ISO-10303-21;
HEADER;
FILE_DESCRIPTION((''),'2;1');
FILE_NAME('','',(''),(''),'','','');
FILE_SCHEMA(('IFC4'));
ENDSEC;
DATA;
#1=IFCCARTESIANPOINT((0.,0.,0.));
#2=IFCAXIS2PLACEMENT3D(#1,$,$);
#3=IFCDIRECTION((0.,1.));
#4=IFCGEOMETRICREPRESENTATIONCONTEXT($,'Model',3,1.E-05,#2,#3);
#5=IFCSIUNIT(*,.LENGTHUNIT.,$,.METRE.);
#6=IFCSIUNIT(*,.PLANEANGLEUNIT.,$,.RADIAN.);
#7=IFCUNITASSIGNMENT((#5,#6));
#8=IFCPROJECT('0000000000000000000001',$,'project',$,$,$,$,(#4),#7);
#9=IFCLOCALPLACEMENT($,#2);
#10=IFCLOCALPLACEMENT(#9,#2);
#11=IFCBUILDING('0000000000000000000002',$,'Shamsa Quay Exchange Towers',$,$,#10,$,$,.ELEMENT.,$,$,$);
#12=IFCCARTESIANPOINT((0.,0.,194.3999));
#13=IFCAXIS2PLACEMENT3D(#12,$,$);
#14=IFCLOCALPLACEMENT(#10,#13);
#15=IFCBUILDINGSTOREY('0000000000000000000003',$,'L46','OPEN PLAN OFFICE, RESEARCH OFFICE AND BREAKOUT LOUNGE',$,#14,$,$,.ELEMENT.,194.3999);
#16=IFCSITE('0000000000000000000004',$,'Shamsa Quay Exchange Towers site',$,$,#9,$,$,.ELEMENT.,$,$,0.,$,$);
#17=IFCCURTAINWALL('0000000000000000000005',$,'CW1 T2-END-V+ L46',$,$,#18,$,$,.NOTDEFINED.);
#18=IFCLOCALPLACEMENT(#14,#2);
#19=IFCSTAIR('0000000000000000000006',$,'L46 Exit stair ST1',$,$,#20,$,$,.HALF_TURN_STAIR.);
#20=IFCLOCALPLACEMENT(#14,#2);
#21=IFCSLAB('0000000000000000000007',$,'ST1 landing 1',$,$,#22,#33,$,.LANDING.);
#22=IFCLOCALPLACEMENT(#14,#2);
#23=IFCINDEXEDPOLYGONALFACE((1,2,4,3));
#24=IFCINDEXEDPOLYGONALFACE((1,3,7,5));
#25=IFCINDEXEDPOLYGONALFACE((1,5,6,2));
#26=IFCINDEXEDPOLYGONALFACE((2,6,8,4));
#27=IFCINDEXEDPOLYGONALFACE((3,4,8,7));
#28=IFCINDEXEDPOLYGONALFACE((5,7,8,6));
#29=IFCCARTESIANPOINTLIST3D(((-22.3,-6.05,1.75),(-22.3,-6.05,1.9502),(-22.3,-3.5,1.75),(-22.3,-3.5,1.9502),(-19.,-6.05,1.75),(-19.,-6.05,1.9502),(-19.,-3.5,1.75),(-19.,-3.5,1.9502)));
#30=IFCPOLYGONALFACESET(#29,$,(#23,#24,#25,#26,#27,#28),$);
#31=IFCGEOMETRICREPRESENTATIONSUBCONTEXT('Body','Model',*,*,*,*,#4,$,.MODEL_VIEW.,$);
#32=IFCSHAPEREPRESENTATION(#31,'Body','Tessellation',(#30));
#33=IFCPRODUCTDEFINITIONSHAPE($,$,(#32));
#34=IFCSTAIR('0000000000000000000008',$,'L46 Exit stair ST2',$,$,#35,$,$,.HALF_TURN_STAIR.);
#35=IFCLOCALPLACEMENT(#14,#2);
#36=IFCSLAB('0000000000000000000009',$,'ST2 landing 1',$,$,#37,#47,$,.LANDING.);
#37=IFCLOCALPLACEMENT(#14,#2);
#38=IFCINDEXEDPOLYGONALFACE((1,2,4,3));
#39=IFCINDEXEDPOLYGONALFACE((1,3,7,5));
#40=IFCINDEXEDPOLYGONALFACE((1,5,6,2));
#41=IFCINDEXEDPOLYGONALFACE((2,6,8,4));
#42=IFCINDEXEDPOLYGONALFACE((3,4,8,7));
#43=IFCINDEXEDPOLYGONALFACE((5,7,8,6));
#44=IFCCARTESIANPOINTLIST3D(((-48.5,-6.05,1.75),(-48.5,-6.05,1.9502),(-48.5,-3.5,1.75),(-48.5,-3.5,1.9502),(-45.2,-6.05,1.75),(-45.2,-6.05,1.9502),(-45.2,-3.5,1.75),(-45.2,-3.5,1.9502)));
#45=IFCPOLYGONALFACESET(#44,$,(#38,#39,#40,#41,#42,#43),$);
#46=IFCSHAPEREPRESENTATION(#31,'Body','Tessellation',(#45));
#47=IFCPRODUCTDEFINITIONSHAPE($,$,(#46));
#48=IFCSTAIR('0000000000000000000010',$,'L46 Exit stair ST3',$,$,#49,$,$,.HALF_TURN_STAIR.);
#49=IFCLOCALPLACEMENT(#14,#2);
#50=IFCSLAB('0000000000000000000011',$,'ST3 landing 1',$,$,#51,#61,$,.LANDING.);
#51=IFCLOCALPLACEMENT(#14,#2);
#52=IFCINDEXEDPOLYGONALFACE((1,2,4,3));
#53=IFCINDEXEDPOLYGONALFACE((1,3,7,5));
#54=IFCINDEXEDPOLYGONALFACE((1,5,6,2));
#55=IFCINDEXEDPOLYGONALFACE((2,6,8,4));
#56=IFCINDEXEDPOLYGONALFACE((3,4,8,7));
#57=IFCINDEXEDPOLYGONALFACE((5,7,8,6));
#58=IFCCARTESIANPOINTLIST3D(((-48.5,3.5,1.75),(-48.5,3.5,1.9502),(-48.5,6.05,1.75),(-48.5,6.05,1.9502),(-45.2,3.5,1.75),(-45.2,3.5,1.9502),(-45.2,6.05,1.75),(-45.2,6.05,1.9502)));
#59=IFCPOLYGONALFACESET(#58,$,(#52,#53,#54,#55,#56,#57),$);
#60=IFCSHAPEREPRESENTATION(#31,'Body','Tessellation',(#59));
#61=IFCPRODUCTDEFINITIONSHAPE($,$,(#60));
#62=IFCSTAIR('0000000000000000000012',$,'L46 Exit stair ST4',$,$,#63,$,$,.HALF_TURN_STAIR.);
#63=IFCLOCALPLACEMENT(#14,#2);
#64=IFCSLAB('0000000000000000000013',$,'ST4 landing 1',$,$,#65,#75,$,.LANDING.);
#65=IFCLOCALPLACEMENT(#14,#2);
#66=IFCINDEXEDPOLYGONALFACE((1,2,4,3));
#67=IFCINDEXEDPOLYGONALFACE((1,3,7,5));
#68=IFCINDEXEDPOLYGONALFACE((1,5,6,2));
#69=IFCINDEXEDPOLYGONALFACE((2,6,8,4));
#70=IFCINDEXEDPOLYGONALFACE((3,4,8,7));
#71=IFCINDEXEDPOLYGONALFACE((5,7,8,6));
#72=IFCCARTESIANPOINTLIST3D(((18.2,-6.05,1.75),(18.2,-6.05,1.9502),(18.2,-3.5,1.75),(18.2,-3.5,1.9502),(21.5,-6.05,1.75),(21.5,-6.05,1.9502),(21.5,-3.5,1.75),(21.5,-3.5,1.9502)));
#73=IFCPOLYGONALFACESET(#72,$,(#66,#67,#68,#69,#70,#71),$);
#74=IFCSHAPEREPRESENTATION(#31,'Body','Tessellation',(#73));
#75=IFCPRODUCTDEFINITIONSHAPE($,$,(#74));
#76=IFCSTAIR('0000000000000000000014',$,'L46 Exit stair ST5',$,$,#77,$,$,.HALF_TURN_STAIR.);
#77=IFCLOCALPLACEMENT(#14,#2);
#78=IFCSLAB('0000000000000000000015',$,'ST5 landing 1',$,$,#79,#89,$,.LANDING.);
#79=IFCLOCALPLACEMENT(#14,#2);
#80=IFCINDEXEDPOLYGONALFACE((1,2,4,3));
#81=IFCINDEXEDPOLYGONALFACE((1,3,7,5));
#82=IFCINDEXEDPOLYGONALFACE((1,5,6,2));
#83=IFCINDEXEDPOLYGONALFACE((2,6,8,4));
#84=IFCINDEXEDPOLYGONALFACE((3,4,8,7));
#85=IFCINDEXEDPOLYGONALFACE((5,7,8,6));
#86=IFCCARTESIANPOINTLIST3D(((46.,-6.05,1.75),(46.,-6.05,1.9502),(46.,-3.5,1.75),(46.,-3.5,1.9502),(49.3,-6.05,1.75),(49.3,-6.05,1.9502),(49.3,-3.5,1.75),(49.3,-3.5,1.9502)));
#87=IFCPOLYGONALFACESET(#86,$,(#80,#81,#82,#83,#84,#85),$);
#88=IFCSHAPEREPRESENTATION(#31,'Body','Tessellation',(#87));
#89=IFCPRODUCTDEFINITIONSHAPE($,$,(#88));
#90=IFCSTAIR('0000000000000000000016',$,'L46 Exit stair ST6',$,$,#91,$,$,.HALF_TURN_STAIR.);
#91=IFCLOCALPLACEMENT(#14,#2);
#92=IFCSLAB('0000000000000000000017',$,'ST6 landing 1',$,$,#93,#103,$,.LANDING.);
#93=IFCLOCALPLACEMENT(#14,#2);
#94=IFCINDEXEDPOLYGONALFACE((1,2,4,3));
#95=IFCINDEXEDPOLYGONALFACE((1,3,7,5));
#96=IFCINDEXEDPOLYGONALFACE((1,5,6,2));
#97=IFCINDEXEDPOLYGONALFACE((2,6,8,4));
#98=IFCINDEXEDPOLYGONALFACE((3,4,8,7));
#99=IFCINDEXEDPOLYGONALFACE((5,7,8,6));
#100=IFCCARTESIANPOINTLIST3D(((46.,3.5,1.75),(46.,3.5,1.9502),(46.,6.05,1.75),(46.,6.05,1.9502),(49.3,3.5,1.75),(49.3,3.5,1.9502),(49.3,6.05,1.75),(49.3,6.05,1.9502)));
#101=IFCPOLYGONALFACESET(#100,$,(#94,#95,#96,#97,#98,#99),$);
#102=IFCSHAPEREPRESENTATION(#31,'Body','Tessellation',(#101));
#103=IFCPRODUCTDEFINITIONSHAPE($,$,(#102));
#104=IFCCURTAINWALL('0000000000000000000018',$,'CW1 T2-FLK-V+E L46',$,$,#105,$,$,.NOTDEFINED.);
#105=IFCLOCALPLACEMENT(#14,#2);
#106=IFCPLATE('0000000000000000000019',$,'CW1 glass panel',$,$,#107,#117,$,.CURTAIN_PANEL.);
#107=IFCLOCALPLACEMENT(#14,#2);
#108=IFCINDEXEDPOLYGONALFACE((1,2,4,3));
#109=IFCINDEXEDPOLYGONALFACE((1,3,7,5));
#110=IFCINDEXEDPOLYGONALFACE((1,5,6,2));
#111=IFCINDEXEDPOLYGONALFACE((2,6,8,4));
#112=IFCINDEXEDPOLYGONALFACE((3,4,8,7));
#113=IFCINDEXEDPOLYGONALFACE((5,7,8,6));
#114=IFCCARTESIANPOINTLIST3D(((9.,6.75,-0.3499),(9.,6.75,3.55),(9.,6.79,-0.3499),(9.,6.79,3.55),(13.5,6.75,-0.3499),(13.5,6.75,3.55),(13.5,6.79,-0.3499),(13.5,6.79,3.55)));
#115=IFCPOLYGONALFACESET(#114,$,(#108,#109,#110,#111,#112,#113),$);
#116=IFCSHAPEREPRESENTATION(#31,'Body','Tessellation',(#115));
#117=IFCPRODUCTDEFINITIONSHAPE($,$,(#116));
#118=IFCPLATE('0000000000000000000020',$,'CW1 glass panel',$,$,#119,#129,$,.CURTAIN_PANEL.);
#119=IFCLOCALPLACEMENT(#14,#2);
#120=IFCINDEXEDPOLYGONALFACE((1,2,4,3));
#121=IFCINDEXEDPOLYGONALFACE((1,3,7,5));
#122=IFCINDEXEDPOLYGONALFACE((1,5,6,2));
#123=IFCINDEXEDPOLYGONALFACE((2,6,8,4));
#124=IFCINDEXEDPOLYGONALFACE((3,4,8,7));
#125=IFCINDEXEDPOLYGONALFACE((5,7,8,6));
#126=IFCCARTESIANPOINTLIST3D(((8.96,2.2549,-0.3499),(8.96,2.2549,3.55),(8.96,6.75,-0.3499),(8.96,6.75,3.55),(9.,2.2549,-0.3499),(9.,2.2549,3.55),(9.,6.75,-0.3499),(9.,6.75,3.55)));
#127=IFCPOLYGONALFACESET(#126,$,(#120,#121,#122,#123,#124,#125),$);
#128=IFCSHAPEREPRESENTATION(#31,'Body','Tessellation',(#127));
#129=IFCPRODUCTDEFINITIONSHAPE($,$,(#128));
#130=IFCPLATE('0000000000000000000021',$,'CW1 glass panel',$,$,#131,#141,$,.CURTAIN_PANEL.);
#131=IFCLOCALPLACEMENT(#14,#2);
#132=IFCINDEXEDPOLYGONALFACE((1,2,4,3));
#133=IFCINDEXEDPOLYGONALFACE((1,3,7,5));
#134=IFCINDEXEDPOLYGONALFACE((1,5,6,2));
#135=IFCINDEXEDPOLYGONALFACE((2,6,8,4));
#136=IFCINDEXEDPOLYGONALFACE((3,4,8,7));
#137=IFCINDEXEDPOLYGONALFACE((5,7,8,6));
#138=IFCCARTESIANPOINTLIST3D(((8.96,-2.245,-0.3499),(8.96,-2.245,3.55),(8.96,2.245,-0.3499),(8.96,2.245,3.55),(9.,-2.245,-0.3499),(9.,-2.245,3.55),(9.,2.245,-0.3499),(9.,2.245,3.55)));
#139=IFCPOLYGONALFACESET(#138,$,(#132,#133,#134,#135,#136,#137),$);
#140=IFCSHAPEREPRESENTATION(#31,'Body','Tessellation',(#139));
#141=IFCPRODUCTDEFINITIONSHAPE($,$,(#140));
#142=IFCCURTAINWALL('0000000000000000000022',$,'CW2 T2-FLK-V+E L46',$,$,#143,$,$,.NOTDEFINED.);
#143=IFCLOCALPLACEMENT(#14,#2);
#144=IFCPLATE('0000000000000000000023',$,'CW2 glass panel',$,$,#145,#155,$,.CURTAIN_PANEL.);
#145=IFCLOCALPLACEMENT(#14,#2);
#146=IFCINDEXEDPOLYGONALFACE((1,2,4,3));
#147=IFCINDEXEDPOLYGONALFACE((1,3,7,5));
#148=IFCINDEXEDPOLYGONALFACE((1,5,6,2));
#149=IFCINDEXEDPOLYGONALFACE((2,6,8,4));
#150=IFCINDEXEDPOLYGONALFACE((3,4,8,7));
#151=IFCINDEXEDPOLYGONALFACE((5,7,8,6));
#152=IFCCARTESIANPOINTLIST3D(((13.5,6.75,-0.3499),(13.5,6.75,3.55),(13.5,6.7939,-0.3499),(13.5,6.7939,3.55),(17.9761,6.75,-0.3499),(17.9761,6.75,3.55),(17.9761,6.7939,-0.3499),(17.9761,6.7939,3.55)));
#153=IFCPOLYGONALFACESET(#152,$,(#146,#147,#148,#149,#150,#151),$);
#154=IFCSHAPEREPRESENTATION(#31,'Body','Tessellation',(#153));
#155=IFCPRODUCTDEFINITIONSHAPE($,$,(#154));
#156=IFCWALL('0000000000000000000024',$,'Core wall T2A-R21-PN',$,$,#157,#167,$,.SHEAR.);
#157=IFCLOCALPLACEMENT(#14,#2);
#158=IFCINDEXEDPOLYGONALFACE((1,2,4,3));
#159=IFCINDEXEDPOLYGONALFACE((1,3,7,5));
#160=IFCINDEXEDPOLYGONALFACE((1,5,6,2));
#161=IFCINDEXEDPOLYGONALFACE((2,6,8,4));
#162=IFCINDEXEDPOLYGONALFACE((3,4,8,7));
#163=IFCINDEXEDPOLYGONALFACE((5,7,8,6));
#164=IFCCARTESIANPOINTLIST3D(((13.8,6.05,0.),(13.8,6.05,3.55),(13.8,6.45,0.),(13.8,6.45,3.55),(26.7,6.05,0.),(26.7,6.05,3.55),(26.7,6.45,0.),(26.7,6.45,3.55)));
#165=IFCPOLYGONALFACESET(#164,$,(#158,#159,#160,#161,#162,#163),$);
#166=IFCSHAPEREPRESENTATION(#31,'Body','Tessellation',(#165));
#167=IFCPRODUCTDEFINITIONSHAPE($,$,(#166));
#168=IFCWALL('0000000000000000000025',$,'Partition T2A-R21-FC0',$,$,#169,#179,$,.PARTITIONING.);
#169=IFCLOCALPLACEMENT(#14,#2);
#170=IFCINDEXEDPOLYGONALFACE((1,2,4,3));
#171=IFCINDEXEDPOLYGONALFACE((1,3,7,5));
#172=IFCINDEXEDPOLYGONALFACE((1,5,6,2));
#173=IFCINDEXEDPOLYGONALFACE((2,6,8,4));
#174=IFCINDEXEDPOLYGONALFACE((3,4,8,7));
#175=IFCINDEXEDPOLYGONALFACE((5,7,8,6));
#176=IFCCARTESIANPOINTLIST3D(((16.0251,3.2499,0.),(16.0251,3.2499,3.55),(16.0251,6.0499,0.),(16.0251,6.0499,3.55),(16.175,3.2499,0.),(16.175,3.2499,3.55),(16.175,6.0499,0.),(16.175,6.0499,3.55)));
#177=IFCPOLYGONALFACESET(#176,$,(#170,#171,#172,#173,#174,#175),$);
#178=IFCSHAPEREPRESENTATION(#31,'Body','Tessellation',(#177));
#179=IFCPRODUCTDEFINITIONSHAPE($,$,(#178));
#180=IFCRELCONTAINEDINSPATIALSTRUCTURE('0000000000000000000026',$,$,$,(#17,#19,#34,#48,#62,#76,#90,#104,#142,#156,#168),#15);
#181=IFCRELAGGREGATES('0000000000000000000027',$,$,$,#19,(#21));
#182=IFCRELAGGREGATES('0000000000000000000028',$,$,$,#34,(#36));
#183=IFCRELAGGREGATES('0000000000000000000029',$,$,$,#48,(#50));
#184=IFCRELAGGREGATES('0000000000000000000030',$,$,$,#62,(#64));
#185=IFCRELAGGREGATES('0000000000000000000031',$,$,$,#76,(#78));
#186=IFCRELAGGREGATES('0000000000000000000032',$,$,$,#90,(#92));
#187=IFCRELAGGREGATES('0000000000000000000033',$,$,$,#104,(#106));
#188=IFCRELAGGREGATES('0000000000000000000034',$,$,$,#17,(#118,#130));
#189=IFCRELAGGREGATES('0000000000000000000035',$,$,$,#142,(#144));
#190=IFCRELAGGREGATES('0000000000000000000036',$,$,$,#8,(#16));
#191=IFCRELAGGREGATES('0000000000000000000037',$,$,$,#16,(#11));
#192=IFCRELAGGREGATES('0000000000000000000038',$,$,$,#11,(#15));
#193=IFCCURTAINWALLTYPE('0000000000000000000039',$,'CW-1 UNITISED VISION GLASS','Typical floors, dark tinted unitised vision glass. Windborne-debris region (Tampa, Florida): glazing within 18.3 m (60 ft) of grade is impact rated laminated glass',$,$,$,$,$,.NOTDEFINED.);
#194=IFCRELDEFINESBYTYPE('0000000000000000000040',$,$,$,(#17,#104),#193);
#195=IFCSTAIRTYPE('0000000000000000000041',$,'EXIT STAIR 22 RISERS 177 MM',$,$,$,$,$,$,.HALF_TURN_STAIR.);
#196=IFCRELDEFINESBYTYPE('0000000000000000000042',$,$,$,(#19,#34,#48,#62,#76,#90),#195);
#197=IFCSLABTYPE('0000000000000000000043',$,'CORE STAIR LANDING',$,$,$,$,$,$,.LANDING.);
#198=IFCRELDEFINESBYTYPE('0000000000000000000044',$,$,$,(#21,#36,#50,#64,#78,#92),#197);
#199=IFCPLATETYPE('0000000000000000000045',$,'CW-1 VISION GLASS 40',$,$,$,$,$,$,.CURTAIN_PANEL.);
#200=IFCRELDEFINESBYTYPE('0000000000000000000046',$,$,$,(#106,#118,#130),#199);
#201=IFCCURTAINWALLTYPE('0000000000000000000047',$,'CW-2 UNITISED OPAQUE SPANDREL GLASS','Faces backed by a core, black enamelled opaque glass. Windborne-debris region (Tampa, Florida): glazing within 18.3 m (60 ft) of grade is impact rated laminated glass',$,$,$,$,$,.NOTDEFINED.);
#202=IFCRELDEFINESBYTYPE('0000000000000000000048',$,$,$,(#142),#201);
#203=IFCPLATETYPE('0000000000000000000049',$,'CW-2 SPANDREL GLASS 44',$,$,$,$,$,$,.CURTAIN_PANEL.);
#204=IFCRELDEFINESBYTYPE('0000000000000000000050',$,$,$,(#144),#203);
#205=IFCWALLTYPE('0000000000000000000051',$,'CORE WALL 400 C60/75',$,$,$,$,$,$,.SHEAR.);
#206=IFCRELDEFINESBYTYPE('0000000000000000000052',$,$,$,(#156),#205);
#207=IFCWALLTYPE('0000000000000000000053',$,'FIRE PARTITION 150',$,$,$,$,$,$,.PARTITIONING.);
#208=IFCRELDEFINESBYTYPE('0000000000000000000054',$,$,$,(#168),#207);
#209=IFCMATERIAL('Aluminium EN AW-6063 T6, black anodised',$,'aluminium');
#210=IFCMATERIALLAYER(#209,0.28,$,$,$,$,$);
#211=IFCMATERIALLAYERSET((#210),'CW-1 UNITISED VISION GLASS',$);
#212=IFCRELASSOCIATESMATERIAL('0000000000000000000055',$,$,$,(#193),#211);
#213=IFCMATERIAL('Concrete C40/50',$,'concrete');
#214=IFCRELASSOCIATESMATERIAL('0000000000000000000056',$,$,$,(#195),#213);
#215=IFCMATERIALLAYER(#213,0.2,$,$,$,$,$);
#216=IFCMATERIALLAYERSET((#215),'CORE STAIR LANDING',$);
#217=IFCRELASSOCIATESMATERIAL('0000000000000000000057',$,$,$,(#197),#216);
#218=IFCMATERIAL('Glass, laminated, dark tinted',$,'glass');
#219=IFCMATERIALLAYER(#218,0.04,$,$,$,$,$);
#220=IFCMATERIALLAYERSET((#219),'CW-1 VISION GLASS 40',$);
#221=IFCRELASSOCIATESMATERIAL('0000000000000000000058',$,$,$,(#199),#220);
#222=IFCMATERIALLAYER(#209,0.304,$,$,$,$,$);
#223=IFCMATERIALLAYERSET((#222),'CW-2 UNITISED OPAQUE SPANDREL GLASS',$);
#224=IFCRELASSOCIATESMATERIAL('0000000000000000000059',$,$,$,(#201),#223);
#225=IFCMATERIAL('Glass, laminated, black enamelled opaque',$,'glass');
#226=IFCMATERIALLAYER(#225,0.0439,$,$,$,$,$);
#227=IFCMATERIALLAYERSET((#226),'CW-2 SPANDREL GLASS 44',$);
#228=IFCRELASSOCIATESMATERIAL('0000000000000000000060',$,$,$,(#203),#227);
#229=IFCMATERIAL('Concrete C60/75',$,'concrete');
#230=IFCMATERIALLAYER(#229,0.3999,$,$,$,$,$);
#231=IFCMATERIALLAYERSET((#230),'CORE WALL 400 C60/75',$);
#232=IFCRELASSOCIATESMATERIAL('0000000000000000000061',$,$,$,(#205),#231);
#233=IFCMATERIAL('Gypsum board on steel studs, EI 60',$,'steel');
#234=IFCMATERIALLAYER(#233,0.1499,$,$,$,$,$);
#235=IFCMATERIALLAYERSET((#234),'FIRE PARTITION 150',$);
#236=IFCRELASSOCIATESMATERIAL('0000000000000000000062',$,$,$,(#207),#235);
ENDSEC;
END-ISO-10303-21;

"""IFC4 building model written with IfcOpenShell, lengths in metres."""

from ifc_helpers import new_model, si_unit, direction, frame, frame_2d, origin, origin_2d, place, context, subcontext, project, spatial, polyline, rectangle, outline, extrude, material, layer, layer_set, type_object, element, aggregate, save


model = new_model("IFC4")

# Units and contexts
model_context = context("Model", 3, precision=1e-05, world=origin(), true_north=direction((0.0, 1.0)))
body_context = subcontext(model_context, "Body", "Model", "MODEL_VIEW")
ifc_project = project(units=[si_unit("LENGTHUNIT", "METRE"), si_unit("PLANEANGLEUNIT", "RADIAN")], contexts=[model_context])

# Site, building, storey
site_placement = place(None, origin())
site = spatial("IfcSite", under=ifc_project, at=site_placement, Name="Shamsa Quay Exchange Towers site", CompositionType="ELEMENT", RefElevation=0.0)
building_placement = place(site_placement, origin())
building = spatial("IfcBuilding", under=site, at=building_placement, Name="Shamsa Quay Exchange Towers", CompositionType="ELEMENT")
storey_placement = place(building_placement, frame((0.0, 0.0, 194.3999)))
storey = spatial("IfcBuildingStorey", under=building, at=storey_placement, Name="L46", Description="OPEN PLAN OFFICE, RESEARCH OFFICE AND BREAKOUT LOUNGE", CompositionType="ELEMENT", Elevation=194.3999)

# Curtain wall
ifc_material_1 = material(Name="Aluminium EN AW-6063 T6, black anodised", Category="aluminium")
ifc_layer_1 = layer(ifc_material_1, 0.28)
ifc_layer_set_1 = layer_set([ifc_layer_1], Name="CW-1 UNITISED VISION GLASS")
curtain_wall_type_1 = type_object("IfcCurtainWallType", Name="CW-1 UNITISED VISION GLASS", Description="Typical floors, dark tinted unitised vision glass. Windborne-debris region (Tampa, Florida): glazing within 18.3 m (60 ft) of grade is impact rated laminated glass", PredefinedType="NOTDEFINED", material=ifc_layer_set_1)
curtain_wall_1_placement = place(storey_placement, origin())
curtain_wall_1 = element("IfcCurtainWall", 1, at=curtain_wall_1_placement, inside=storey, type_object=curtain_wall_type_1, Name="CW1 T2-END-V+ L46", PredefinedType="NOTDEFINED")

# Stairs, slabs
ifc_material_2 = material(Name="Concrete C40/50", Category="concrete")
stair_type = type_object("IfcStairType", Name="EXIT STAIR 22 RISERS 177 MM", PredefinedType="HALF_TURN_STAIR", material=ifc_material_2)
stair_1_placement = place(storey_placement, origin())
stair_1 = element("IfcStair", 2, at=stair_1_placement, inside=storey, type_object=stair_type, Name="L46 Exit stair ST1", PredefinedType="HALF_TURN_STAIR")
ifc_layer_2 = layer(ifc_material_2, 0.2)
ifc_layer_set_2 = layer_set([ifc_layer_2], Name="CORE STAIR LANDING")
slab_type_1 = type_object("IfcSlabType", Name="CORE STAIR LANDING", PredefinedType="LANDING", material=ifc_layer_set_2)
slab_1_placement = place(storey_placement, frame((0.0, 0.0, 1.75)))
slab_1 = element("IfcSlab", 3, at=slab_1_placement, type_object=slab_type_1, Name="ST1 landing 1", PredefinedType="LANDING", context=body_context, shape_type="SweptSolid", body=[
    extrude(outline(polyline([(-22.3, -6.05), (-19.0, -6.05), (-19.0, -3.5), (-22.3, -3.5), (-22.3, -6.05)])), origin(), (0.0, 0.0, 1.0), 0.2002),
])
aggregate(stair_1, [slab_1])
stair_2_placement = place(storey_placement, origin())
stair_2 = element("IfcStair", 4, at=stair_2_placement, inside=storey, type_object=stair_type, Name="L46 Exit stair ST2", PredefinedType="HALF_TURN_STAIR")
slab_2_placement = place(storey_placement, frame((0.0, 0.0, 1.75)))
slab_2 = element("IfcSlab", 5, at=slab_2_placement, type_object=slab_type_1, Name="ST2 landing 1", PredefinedType="LANDING", context=body_context, shape_type="SweptSolid", body=[
    extrude(outline(polyline([(-45.2, -3.5), (-48.5, -3.5), (-48.5, -6.05), (-45.2, -6.05), (-45.2, -3.5)])), origin(), (0.0, 0.0, 1.0), 0.2002),
])
aggregate(stair_2, [slab_2])
stair_3_placement = place(storey_placement, origin())
stair_3 = element("IfcStair", 6, at=stair_3_placement, inside=storey, type_object=stair_type, Name="L46 Exit stair ST3", PredefinedType="HALF_TURN_STAIR")
slab_3_placement = place(storey_placement, frame((0.0, 0.0, 1.75)))
slab_3 = element("IfcSlab", 7, at=slab_3_placement, type_object=slab_type_1, Name="ST3 landing 1", PredefinedType="LANDING", context=body_context, shape_type="SweptSolid", body=[
    extrude(outline(polyline([(-45.2, 6.05), (-48.5, 6.05), (-48.5, 3.5), (-45.2, 3.5), (-45.2, 6.05)])), origin(), (0.0, 0.0, 1.0), 0.2002),
])
aggregate(stair_3, [slab_3])
stair_4_placement = place(storey_placement, origin())
stair_4 = element("IfcStair", 8, at=stair_4_placement, inside=storey, type_object=stair_type, Name="L46 Exit stair ST4", PredefinedType="HALF_TURN_STAIR")
slab_4_placement = place(storey_placement, frame((0.0, 0.0, 1.75)))
slab_4 = element("IfcSlab", 9, at=slab_4_placement, type_object=slab_type_1, Name="ST4 landing 1", PredefinedType="LANDING", context=body_context, shape_type="SweptSolid", body=[
    extrude(outline(polyline([(18.2, -6.05), (21.5, -6.05), (21.5, -3.5), (18.2, -3.5), (18.2, -6.05)])), origin(), (0.0, 0.0, 1.0), 0.2002),
])
aggregate(stair_4, [slab_4])
stair_5_placement = place(storey_placement, origin())
stair_5 = element("IfcStair", 10, at=stair_5_placement, inside=storey, type_object=stair_type, Name="L46 Exit stair ST5", PredefinedType="HALF_TURN_STAIR")
slab_5_placement = place(storey_placement, frame((0.0, 0.0, 1.75)))
slab_5 = element("IfcSlab", 11, at=slab_5_placement, type_object=slab_type_1, Name="ST5 landing 1", PredefinedType="LANDING", context=body_context, shape_type="SweptSolid", body=[
    extrude(outline(polyline([(49.3, -3.5), (46.0, -3.5), (46.0, -6.05), (49.3, -6.05), (49.3, -3.5)])), origin(), (0.0, 0.0, 1.0), 0.2002),
])
aggregate(stair_5, [slab_5])
stair_6_placement = place(storey_placement, origin())
stair_6 = element("IfcStair", 12, at=stair_6_placement, inside=storey, type_object=stair_type, Name="L46 Exit stair ST6", PredefinedType="HALF_TURN_STAIR")
slab_6_placement = place(storey_placement, frame((0.0, 0.0, 1.75)))
slab_6 = element("IfcSlab", 13, at=slab_6_placement, type_object=slab_type_1, Name="ST6 landing 1", PredefinedType="LANDING", context=body_context, shape_type="SweptSolid", body=[
    extrude(outline(polyline([(49.3, 6.05), (46.0, 6.05), (46.0, 3.5), (49.3, 3.5), (49.3, 6.05)])), origin(), (0.0, 0.0, 1.0), 0.2002),
])
aggregate(stair_6, [slab_6])

# Curtain wall, plate
curtain_wall_2_placement = place(storey_placement, origin())
curtain_wall_2 = element("IfcCurtainWall", 14, at=curtain_wall_2_placement, inside=storey, type_object=curtain_wall_type_1, Name="CW1 T2-FLK-V+E L46", PredefinedType="NOTDEFINED")
ifc_material_3 = material(Name="Glass, laminated, dark tinted", Category="glass")
ifc_layer_3 = layer(ifc_material_3, 0.04)
ifc_layer_set_3 = layer_set([ifc_layer_3], Name="CW-1 VISION GLASS 40")
plate_type_1 = type_object("IfcPlateType", Name="CW-1 VISION GLASS 40", PredefinedType="CURTAIN_PANEL", material=ifc_layer_set_3)
plate_1_placement = place(storey_placement, frame((11.25, 6.77, -0.3499), z_axis=(0.0, 0.0, 1.0), x_axis=(-1.0, 0.0, 0.0)))
plate_1 = element("IfcPlate", 15, at=plate_1_placement, type_object=plate_type_1, Name="CW1 glass panel", PredefinedType="CURTAIN_PANEL", context=body_context, shape_type="SweptSolid", body=[
    extrude(rectangle(XDim=4.5, YDim=0.04, at=origin_2d()), origin(), (0.0, 0.0, 1.0), 3.8999),
])
aggregate(curtain_wall_2, [plate_1])

# Plates
plate_2_placement = place(storey_placement, frame((8.98, 4.5024, -0.3499), z_axis=(0.0, 0.0, 1.0), x_axis=(0.0, -1.0, 0.0)))
plate_2 = element("IfcPlate", 16, at=plate_2_placement, type_object=plate_type_1, Name="CW1 glass panel", PredefinedType="CURTAIN_PANEL", context=body_context, shape_type="SweptSolid", body=[
    extrude(rectangle(XDim=4.4951, YDim=0.04, at=origin_2d()), origin(), (0.0, 0.0, 1.0), 3.8999),
])
plate_3_placement = place(storey_placement, frame((8.98, 0.0, -0.3499), z_axis=(0.0, 0.0, 1.0), x_axis=(0.0, -1.0, 0.0)))
plate_3 = element("IfcPlate", 17, at=plate_3_placement, type_object=plate_type_1, Name="CW1 glass panel", PredefinedType="CURTAIN_PANEL", context=body_context, shape_type="SweptSolid", body=[
    extrude(rectangle(XDim=4.49, YDim=0.04, at=origin_2d()), origin(), (0.0, 0.0, 1.0), 3.8999),
])
aggregate(curtain_wall_1, [plate_2, plate_3])

# Curtain wall, plate
ifc_layer_4 = layer(ifc_material_1, 0.304)
ifc_layer_set_4 = layer_set([ifc_layer_4], Name="CW-2 UNITISED OPAQUE SPANDREL GLASS")
curtain_wall_type_2 = type_object("IfcCurtainWallType", Name="CW-2 UNITISED OPAQUE SPANDREL GLASS", Description="Faces backed by a core, black enamelled opaque glass. Windborne-debris region (Tampa, Florida): glazing within 18.3 m (60 ft) of grade is impact rated laminated glass", PredefinedType="NOTDEFINED", material=ifc_layer_set_4)
curtain_wall_3_placement = place(storey_placement, origin())
curtain_wall_3 = element("IfcCurtainWall", 18, at=curtain_wall_3_placement, inside=storey, type_object=curtain_wall_type_2, Name="CW2 T2-FLK-V+E L46", PredefinedType="NOTDEFINED")
ifc_material_4 = material(Name="Glass, laminated, black enamelled opaque", Category="glass")
ifc_layer_5 = layer(ifc_material_4, 0.0439)
ifc_layer_set_5 = layer_set([ifc_layer_5], Name="CW-2 SPANDREL GLASS 44")
plate_type_2 = type_object("IfcPlateType", Name="CW-2 SPANDREL GLASS 44", PredefinedType="CURTAIN_PANEL", material=ifc_layer_set_5)
plate_4_placement = place(storey_placement, frame((15.738, 6.772, -0.3499), z_axis=(0.0, 0.0, 1.0), x_axis=(-1.0, 0.0, 0.0)))
plate_4 = element("IfcPlate", 19, at=plate_4_placement, type_object=plate_type_2, Name="CW2 glass panel", PredefinedType="CURTAIN_PANEL", context=body_context, shape_type="SweptSolid", body=[
    extrude(rectangle(XDim=4.4761, YDim=0.0439, at=origin_2d()), origin(), (0.0, 0.0, 1.0), 3.8999),
])
aggregate(curtain_wall_3, [plate_4])

# Wall
ifc_material_5 = material(Name="Concrete C60/75", Category="concrete")
ifc_layer_6 = layer(ifc_material_5, 0.3999)
ifc_layer_set_6 = layer_set([ifc_layer_6], Name="CORE WALL 400 C60/75")
wall_type_1 = type_object("IfcWallType", Name="CORE WALL 400 C60/75", PredefinedType="SHEAR", material=ifc_layer_set_6)
wall_1_placement = place(storey_placement, frame((13.8, 6.25, 0.0)))
element("IfcWall", 20, at=wall_1_placement, inside=storey, type_object=wall_type_1, Name="Core wall T2A-R21-PN", PredefinedType="SHEAR", context=body_context, shape_type="SweptSolid", body=[
    extrude(rectangle(XDim=12.8999, YDim=0.3999, at=frame_2d((6.45, 0.0))), origin(), (0.0, 0.0, 1.0), 3.55),
])

# Wall
ifc_material_6 = material(Name="Gypsum board on steel studs, EI 60", Category="steel")
ifc_layer_7 = layer(ifc_material_6, 0.1499)
ifc_layer_set_7 = layer_set([ifc_layer_7], Name="FIRE PARTITION 150")
wall_type_2 = type_object("IfcWallType", Name="FIRE PARTITION 150", PredefinedType="PARTITIONING", material=ifc_layer_set_7)
wall_2_placement = place(storey_placement, frame((16.1001, 3.25, 0.0), z_axis=(0.0, 0.0, 1.0), x_axis=(0.0, 1.0, 0.0)))
element("IfcWall", 21, at=wall_2_placement, inside=storey, type_object=wall_type_2, Name="Partition T2A-R21-FC0", PredefinedType="PARTITIONING", context=body_context, shape_type="SweptSolid", body=[
    extrude(rectangle(XDim=2.8, YDim=0.1499, at=frame_2d((1.3999, 0.0))), origin(), (0.0, 0.0, 1.0), 3.55),
])

save(model, "model.ifc")
